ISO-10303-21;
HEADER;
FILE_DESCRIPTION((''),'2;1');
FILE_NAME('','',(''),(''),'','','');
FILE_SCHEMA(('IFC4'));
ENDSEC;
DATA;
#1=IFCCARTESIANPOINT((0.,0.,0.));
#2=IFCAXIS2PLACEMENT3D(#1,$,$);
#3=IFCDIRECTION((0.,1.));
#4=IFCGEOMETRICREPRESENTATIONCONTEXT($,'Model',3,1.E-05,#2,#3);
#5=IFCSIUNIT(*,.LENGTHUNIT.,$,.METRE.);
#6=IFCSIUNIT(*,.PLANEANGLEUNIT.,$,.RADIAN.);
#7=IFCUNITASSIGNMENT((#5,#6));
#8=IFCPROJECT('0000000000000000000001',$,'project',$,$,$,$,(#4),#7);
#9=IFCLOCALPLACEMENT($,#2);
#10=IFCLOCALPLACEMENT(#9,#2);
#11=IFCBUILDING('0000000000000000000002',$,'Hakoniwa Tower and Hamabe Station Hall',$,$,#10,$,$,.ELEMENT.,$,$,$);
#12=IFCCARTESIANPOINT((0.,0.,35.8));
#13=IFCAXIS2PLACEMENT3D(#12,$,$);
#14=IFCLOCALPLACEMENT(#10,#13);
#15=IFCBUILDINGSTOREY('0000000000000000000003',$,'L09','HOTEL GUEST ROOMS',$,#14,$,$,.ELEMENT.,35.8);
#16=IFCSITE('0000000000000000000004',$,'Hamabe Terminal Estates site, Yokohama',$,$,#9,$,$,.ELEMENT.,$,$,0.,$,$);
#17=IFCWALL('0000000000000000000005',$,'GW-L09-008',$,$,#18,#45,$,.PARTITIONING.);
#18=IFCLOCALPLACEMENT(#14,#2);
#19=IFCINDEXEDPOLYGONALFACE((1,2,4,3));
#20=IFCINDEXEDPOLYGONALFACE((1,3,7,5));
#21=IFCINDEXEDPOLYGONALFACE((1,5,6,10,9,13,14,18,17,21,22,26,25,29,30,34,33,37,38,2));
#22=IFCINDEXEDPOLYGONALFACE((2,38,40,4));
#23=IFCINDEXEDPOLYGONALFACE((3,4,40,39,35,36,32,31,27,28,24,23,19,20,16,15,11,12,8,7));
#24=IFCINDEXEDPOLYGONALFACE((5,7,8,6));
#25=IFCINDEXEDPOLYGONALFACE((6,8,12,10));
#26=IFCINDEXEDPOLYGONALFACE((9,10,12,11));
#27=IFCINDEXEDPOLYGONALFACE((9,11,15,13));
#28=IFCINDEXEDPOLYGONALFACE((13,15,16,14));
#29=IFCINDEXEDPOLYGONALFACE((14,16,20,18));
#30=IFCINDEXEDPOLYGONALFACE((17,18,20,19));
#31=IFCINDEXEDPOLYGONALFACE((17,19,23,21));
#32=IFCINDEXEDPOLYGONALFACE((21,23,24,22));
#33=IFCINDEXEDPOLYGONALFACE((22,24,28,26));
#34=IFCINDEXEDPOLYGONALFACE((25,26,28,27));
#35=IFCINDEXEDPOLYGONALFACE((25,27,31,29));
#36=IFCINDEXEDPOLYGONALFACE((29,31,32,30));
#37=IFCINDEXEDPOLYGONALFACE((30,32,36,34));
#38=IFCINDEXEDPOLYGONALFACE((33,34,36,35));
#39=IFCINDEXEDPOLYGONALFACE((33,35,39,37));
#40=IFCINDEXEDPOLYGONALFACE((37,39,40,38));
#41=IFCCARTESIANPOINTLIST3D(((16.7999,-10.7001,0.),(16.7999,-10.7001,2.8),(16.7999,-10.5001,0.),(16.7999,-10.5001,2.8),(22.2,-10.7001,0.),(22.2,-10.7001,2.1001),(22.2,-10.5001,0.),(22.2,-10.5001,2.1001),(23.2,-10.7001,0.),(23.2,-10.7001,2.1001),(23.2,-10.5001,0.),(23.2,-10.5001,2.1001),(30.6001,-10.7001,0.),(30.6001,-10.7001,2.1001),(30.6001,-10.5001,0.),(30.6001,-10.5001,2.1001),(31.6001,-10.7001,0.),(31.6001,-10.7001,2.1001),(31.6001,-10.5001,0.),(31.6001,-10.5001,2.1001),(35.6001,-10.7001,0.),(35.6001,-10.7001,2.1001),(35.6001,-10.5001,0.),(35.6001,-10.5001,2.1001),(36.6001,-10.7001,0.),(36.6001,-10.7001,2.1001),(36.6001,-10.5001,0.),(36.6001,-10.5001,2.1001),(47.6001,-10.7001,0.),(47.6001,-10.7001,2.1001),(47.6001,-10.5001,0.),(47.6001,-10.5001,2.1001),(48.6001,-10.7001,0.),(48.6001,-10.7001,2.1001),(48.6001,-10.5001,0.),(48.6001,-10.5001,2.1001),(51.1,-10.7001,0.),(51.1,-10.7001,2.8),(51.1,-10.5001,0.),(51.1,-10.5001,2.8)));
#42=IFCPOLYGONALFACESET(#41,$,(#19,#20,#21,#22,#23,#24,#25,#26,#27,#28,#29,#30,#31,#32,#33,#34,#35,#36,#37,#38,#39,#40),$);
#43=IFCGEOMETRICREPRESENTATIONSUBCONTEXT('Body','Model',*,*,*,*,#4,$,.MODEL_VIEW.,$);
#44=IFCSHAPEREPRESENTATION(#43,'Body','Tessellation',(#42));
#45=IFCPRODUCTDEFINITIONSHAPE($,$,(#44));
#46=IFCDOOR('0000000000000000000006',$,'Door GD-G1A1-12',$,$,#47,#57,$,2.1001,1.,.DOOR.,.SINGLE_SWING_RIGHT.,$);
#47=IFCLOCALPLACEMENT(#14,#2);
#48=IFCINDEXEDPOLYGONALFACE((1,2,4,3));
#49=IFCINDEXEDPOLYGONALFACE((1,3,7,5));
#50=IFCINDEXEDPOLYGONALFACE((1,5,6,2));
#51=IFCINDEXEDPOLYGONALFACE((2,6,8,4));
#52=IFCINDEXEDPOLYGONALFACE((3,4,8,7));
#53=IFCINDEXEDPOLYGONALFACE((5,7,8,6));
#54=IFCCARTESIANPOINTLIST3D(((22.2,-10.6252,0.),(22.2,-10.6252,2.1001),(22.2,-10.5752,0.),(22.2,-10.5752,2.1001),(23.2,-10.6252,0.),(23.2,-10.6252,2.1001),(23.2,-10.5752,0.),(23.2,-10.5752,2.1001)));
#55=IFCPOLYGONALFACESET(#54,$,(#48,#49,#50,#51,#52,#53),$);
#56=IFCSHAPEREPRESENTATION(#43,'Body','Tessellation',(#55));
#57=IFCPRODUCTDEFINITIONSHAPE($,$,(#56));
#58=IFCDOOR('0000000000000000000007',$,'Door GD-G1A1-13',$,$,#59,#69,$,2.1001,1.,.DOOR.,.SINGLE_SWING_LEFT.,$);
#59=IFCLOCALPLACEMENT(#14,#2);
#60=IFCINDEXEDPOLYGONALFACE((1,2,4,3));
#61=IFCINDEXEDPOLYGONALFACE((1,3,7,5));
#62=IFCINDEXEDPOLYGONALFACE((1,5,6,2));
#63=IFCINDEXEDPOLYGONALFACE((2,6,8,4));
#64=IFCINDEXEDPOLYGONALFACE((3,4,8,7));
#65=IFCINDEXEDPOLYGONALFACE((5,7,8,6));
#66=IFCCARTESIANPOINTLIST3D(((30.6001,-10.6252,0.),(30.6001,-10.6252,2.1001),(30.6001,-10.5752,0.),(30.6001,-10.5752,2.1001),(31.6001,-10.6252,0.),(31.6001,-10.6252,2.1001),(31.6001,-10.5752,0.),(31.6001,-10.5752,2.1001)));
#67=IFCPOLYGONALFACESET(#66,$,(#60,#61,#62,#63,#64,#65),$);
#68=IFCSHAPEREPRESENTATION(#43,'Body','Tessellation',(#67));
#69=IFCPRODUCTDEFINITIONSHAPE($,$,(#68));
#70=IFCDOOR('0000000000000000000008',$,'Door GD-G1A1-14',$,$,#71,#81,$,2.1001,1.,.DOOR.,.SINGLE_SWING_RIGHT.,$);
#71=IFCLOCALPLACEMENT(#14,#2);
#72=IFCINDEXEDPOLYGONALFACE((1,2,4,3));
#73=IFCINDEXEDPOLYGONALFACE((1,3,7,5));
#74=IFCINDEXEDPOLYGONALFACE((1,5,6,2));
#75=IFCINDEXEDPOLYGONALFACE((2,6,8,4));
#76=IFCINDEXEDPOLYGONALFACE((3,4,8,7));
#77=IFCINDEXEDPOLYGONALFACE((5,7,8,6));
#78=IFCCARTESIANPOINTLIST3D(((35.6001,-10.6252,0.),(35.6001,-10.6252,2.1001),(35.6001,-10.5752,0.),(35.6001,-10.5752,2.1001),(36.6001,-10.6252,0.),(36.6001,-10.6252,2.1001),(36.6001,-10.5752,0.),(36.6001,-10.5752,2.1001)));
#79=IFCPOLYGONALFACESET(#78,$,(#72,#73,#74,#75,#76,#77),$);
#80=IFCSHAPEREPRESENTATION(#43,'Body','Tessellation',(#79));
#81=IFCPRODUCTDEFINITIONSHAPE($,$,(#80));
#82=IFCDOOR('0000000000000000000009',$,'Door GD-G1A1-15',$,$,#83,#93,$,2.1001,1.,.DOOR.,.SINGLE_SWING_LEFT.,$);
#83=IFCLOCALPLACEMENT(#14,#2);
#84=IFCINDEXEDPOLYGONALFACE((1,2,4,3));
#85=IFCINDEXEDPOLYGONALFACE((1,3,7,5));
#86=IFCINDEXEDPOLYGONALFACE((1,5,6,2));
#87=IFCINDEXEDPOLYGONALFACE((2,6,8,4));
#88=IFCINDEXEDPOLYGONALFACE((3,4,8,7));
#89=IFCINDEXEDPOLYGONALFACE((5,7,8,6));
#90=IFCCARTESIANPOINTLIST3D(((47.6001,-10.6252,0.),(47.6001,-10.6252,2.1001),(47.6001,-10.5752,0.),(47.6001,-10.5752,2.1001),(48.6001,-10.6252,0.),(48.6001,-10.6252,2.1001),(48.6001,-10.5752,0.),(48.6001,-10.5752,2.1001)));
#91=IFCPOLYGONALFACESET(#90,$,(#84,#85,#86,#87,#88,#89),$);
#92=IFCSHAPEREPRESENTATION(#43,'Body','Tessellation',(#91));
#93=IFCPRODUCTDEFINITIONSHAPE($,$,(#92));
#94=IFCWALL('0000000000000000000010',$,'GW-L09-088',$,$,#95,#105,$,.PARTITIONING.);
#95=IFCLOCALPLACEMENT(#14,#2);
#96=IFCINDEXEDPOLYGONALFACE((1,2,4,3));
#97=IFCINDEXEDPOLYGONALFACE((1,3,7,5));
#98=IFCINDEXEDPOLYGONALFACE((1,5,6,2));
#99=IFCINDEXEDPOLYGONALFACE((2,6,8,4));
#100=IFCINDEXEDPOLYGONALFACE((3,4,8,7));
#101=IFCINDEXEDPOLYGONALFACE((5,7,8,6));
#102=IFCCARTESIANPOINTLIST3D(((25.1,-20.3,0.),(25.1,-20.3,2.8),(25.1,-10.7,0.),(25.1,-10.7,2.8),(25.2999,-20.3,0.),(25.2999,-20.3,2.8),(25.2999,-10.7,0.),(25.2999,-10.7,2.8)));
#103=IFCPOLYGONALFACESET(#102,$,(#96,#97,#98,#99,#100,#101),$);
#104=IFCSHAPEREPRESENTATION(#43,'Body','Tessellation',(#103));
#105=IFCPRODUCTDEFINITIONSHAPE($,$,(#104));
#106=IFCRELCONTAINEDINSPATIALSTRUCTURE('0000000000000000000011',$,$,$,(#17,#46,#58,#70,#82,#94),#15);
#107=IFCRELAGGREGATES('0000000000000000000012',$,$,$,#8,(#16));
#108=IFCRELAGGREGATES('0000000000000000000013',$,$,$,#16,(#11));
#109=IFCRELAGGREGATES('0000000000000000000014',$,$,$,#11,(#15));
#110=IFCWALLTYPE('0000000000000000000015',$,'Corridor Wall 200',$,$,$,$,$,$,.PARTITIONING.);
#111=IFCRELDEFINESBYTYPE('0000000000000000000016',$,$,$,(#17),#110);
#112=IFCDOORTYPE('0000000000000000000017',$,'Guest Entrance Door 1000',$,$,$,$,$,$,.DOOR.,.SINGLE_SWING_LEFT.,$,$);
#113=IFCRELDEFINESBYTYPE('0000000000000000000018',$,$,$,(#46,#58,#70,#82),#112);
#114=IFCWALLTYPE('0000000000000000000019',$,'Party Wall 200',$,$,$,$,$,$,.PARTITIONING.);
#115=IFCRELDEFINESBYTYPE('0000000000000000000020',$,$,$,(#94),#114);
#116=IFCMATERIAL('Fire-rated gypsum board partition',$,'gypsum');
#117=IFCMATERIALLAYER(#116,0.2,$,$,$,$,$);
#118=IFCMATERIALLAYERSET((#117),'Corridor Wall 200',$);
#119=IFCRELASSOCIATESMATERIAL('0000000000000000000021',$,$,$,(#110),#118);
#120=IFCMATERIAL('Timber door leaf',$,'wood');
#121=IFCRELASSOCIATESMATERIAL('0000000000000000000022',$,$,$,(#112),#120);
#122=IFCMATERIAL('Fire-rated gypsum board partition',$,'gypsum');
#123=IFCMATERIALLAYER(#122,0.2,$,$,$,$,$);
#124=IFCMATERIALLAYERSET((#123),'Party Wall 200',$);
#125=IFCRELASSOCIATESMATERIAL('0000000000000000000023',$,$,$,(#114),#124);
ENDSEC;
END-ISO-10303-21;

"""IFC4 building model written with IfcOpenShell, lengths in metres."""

from ifc_helpers import new_model, si_unit, direction, frame, frame_2d, origin, place, context, subcontext, project, spatial, rectangle, extrude, material, layer, layer_set, type_object, element, fill, save


model = new_model("IFC4")

# Units and contexts
model_context = context("Model", 3, precision=1e-05, world=origin(), true_north=direction((0.0, 1.0)))
body_context = subcontext(model_context, "Body", "Model", "MODEL_VIEW")
ifc_project = project(units=[si_unit("LENGTHUNIT", "METRE"), si_unit("PLANEANGLEUNIT", "RADIAN")], contexts=[model_context])

# Site, building, storey
site_placement = place(None, origin())
site = spatial("IfcSite", under=ifc_project, at=site_placement, Name="Hamabe Terminal Estates site, Yokohama", CompositionType="ELEMENT", RefElevation=0.0)
building_placement = place(site_placement, origin())
building = spatial("IfcBuilding", under=site, at=building_placement, Name="Hakoniwa Tower and Hamabe Station Hall", CompositionType="ELEMENT")
storey_placement = place(building_placement, frame((0.0, 0.0, 35.8)))
storey = spatial("IfcBuildingStorey", under=building, at=storey_placement, Name="L09", Description="HOTEL GUEST ROOMS", CompositionType="ELEMENT", Elevation=35.8)

# Wall, openings, doors
ifc_material_1 = material(Name="Fire-rated gypsum board partition", Category="gypsum")
ifc_layer_1 = layer(ifc_material_1, 0.2)
ifc_layer_set_1 = layer_set([ifc_layer_1], Name="Corridor Wall 200")
wall_type_1 = type_object("IfcWallType", Name="Corridor Wall 200", PredefinedType="PARTITIONING", material=ifc_layer_set_1)
wall_1_placement = place(storey_placement, frame((16.8, -10.6001, 0.0), z_axis=(0.0, 0.0, 1.0), x_axis=(1.0, 0.0, 0.0)))
wall_1 = element("IfcWall", 1, at=wall_1_placement, inside=storey, type_object=wall_type_1, Name="GW-L09-008", PredefinedType="PARTITIONING", context=body_context, shape_type="SweptSolid", body=[
    extrude(rectangle(XDim=34.3, YDim=0.2, at=frame_2d((17.1499, 0.0))), origin(), (0.0, 0.0, 1.0), 2.8),
])
opening_1_placement = place(wall_1_placement, frame((5.3999, 0.0, 0.0)))
opening_1 = element("IfcOpeningElement", 2, at=opening_1_placement, cuts=wall_1, PredefinedType="OPENING", context=body_context, shape_type="SweptSolid", body=[
    extrude(rectangle(XDim=1.0, YDim=2.1001, at=frame_2d((0.5, 1.05))), frame((0.0, 0.1099, 0.0), z_axis=(0.0, -1.0, 0.0), x_axis=(1.0, 0.0, 0.0)), (0.0, 0.0, 1.0), 0.22),
])
opening_2_placement = place(wall_1_placement, frame((13.8, 0.0, 0.0)))
opening_2 = element("IfcOpeningElement", 3, at=opening_2_placement, cuts=wall_1, PredefinedType="OPENING", context=body_context, shape_type="SweptSolid", body=[
    extrude(rectangle(XDim=1.0, YDim=2.1001, at=frame_2d((0.5, 1.05))), frame((0.0, 0.1099, 0.0), z_axis=(0.0, -1.0, 0.0), x_axis=(1.0, 0.0, 0.0)), (0.0, 0.0, 1.0), 0.22),
])
opening_3_placement = place(wall_1_placement, frame((18.8, 0.0, 0.0)))
opening_3 = element("IfcOpeningElement", 4, at=opening_3_placement, cuts=wall_1, PredefinedType="OPENING", context=body_context, shape_type="SweptSolid", body=[
    extrude(rectangle(XDim=1.0, YDim=2.1001, at=frame_2d((0.5, 1.05))), frame((0.0, 0.1099, 0.0), z_axis=(0.0, -1.0, 0.0), x_axis=(1.0, 0.0, 0.0)), (0.0, 0.0, 1.0), 0.22),
])
opening_4_placement = place(wall_1_placement, frame((30.8, 0.0, 0.0)))
opening_4 = element("IfcOpeningElement", 5, at=opening_4_placement, cuts=wall_1, PredefinedType="OPENING", context=body_context, shape_type="SweptSolid", body=[
    extrude(rectangle(XDim=1.0, YDim=2.1001, at=frame_2d((0.5, 1.05))), frame((0.0, 0.1099, 0.0), z_axis=(0.0, -1.0, 0.0), x_axis=(1.0, 0.0, 0.0)), (0.0, 0.0, 1.0), 0.22),
])
ifc_material_2 = material(Name="Timber door leaf", Category="wood")
door_type_1 = type_object("IfcDoorType", Name="Guest Entrance Door 1000", OperationType="SINGLE_SWING_LEFT", PredefinedType="DOOR", material=ifc_material_2)
door_1_placement = place(opening_1_placement, origin())
door_1 = element("IfcDoor", 6, at=door_1_placement, inside=storey, type_object=door_type_1, Name="Door GD-G1A1-12", OperationType="SINGLE_SWING_RIGHT", OverallHeight=2.1001, OverallWidth=1.0, PredefinedType="DOOR", context=body_context, shape_type="SweptSolid", body=[
    extrude(rectangle(XDim=1.0, YDim=2.1001, at=frame_2d((0.5, 1.05))), frame((0.0, 0.0249, 0.0), z_axis=(0.0, -1.0, 0.0), x_axis=(1.0, 0.0, 0.0)), (0.0, 0.0, 1.0), 0.05),
])
fill(opening_1, door_1)
door_2_placement = place(opening_2_placement, origin())
door_2 = element("IfcDoor", 7, at=door_2_placement, inside=storey, type_object=door_type_1, Name="Door GD-G1A1-13", OperationType="SINGLE_SWING_LEFT", OverallHeight=2.1001, OverallWidth=1.0, PredefinedType="DOOR", context=body_context, shape_type="SweptSolid", body=[
    extrude(rectangle(XDim=1.0, YDim=2.1001, at=frame_2d((0.5, 1.05))), frame((0.0, 0.0249, 0.0), z_axis=(0.0, -1.0, 0.0), x_axis=(1.0, 0.0, 0.0)), (0.0, 0.0, 1.0), 0.05),
])
fill(opening_2, door_2)
door_3_placement = place(opening_3_placement, origin())
door_3 = element("IfcDoor", 8, at=door_3_placement, inside=storey, type_object=door_type_1, Name="Door GD-G1A1-14", OperationType="SINGLE_SWING_RIGHT", OverallHeight=2.1001, OverallWidth=1.0, PredefinedType="DOOR", context=body_context, shape_type="SweptSolid", body=[
    extrude(rectangle(XDim=1.0, YDim=2.1001, at=frame_2d((0.5, 1.05))), frame((0.0, 0.0249, 0.0), z_axis=(0.0, -1.0, 0.0), x_axis=(1.0, 0.0, 0.0)), (0.0, 0.0, 1.0), 0.05),
])
fill(opening_3, door_3)
door_4_placement = place(opening_4_placement, origin())
door_4 = element("IfcDoor", 9, at=door_4_placement, inside=storey, type_object=door_type_1, Name="Door GD-G1A1-15", OperationType="SINGLE_SWING_LEFT", OverallHeight=2.1001, OverallWidth=1.0, PredefinedType="DOOR", context=body_context, shape_type="SweptSolid", body=[
    extrude(rectangle(XDim=1.0, YDim=2.1001, at=frame_2d((0.5, 1.05))), frame((0.0, 0.0249, 0.0), z_axis=(0.0, -1.0, 0.0), x_axis=(1.0, 0.0, 0.0)), (0.0, 0.0, 1.0), 0.05),
])
fill(opening_4, door_4)

# Wall
ifc_material_3 = material(Name="Fire-rated gypsum board partition", Category="gypsum")
ifc_layer_2 = layer(ifc_material_3, 0.2)
ifc_layer_set_2 = layer_set([ifc_layer_2], Name="Party Wall 200")
wall_type_2 = type_object("IfcWallType", Name="Party Wall 200", PredefinedType="PARTITIONING", material=ifc_layer_set_2)
wall_2_placement = place(storey_placement, frame((25.2, -20.3, 0.0), z_axis=(0.0, 0.0, 1.0), x_axis=(0.0, 1.0, 0.0)))
element("IfcWall", 10, at=wall_2_placement, inside=storey, type_object=wall_type_2, Name="GW-L09-088", PredefinedType="PARTITIONING", context=body_context, shape_type="SweptSolid", body=[
    extrude(rectangle(XDim=9.6001, YDim=0.2, at=frame_2d((4.8, 0.0))), origin(), (0.0, 0.0, 1.0), 2.8),
])

save(model, "model.ifc")
